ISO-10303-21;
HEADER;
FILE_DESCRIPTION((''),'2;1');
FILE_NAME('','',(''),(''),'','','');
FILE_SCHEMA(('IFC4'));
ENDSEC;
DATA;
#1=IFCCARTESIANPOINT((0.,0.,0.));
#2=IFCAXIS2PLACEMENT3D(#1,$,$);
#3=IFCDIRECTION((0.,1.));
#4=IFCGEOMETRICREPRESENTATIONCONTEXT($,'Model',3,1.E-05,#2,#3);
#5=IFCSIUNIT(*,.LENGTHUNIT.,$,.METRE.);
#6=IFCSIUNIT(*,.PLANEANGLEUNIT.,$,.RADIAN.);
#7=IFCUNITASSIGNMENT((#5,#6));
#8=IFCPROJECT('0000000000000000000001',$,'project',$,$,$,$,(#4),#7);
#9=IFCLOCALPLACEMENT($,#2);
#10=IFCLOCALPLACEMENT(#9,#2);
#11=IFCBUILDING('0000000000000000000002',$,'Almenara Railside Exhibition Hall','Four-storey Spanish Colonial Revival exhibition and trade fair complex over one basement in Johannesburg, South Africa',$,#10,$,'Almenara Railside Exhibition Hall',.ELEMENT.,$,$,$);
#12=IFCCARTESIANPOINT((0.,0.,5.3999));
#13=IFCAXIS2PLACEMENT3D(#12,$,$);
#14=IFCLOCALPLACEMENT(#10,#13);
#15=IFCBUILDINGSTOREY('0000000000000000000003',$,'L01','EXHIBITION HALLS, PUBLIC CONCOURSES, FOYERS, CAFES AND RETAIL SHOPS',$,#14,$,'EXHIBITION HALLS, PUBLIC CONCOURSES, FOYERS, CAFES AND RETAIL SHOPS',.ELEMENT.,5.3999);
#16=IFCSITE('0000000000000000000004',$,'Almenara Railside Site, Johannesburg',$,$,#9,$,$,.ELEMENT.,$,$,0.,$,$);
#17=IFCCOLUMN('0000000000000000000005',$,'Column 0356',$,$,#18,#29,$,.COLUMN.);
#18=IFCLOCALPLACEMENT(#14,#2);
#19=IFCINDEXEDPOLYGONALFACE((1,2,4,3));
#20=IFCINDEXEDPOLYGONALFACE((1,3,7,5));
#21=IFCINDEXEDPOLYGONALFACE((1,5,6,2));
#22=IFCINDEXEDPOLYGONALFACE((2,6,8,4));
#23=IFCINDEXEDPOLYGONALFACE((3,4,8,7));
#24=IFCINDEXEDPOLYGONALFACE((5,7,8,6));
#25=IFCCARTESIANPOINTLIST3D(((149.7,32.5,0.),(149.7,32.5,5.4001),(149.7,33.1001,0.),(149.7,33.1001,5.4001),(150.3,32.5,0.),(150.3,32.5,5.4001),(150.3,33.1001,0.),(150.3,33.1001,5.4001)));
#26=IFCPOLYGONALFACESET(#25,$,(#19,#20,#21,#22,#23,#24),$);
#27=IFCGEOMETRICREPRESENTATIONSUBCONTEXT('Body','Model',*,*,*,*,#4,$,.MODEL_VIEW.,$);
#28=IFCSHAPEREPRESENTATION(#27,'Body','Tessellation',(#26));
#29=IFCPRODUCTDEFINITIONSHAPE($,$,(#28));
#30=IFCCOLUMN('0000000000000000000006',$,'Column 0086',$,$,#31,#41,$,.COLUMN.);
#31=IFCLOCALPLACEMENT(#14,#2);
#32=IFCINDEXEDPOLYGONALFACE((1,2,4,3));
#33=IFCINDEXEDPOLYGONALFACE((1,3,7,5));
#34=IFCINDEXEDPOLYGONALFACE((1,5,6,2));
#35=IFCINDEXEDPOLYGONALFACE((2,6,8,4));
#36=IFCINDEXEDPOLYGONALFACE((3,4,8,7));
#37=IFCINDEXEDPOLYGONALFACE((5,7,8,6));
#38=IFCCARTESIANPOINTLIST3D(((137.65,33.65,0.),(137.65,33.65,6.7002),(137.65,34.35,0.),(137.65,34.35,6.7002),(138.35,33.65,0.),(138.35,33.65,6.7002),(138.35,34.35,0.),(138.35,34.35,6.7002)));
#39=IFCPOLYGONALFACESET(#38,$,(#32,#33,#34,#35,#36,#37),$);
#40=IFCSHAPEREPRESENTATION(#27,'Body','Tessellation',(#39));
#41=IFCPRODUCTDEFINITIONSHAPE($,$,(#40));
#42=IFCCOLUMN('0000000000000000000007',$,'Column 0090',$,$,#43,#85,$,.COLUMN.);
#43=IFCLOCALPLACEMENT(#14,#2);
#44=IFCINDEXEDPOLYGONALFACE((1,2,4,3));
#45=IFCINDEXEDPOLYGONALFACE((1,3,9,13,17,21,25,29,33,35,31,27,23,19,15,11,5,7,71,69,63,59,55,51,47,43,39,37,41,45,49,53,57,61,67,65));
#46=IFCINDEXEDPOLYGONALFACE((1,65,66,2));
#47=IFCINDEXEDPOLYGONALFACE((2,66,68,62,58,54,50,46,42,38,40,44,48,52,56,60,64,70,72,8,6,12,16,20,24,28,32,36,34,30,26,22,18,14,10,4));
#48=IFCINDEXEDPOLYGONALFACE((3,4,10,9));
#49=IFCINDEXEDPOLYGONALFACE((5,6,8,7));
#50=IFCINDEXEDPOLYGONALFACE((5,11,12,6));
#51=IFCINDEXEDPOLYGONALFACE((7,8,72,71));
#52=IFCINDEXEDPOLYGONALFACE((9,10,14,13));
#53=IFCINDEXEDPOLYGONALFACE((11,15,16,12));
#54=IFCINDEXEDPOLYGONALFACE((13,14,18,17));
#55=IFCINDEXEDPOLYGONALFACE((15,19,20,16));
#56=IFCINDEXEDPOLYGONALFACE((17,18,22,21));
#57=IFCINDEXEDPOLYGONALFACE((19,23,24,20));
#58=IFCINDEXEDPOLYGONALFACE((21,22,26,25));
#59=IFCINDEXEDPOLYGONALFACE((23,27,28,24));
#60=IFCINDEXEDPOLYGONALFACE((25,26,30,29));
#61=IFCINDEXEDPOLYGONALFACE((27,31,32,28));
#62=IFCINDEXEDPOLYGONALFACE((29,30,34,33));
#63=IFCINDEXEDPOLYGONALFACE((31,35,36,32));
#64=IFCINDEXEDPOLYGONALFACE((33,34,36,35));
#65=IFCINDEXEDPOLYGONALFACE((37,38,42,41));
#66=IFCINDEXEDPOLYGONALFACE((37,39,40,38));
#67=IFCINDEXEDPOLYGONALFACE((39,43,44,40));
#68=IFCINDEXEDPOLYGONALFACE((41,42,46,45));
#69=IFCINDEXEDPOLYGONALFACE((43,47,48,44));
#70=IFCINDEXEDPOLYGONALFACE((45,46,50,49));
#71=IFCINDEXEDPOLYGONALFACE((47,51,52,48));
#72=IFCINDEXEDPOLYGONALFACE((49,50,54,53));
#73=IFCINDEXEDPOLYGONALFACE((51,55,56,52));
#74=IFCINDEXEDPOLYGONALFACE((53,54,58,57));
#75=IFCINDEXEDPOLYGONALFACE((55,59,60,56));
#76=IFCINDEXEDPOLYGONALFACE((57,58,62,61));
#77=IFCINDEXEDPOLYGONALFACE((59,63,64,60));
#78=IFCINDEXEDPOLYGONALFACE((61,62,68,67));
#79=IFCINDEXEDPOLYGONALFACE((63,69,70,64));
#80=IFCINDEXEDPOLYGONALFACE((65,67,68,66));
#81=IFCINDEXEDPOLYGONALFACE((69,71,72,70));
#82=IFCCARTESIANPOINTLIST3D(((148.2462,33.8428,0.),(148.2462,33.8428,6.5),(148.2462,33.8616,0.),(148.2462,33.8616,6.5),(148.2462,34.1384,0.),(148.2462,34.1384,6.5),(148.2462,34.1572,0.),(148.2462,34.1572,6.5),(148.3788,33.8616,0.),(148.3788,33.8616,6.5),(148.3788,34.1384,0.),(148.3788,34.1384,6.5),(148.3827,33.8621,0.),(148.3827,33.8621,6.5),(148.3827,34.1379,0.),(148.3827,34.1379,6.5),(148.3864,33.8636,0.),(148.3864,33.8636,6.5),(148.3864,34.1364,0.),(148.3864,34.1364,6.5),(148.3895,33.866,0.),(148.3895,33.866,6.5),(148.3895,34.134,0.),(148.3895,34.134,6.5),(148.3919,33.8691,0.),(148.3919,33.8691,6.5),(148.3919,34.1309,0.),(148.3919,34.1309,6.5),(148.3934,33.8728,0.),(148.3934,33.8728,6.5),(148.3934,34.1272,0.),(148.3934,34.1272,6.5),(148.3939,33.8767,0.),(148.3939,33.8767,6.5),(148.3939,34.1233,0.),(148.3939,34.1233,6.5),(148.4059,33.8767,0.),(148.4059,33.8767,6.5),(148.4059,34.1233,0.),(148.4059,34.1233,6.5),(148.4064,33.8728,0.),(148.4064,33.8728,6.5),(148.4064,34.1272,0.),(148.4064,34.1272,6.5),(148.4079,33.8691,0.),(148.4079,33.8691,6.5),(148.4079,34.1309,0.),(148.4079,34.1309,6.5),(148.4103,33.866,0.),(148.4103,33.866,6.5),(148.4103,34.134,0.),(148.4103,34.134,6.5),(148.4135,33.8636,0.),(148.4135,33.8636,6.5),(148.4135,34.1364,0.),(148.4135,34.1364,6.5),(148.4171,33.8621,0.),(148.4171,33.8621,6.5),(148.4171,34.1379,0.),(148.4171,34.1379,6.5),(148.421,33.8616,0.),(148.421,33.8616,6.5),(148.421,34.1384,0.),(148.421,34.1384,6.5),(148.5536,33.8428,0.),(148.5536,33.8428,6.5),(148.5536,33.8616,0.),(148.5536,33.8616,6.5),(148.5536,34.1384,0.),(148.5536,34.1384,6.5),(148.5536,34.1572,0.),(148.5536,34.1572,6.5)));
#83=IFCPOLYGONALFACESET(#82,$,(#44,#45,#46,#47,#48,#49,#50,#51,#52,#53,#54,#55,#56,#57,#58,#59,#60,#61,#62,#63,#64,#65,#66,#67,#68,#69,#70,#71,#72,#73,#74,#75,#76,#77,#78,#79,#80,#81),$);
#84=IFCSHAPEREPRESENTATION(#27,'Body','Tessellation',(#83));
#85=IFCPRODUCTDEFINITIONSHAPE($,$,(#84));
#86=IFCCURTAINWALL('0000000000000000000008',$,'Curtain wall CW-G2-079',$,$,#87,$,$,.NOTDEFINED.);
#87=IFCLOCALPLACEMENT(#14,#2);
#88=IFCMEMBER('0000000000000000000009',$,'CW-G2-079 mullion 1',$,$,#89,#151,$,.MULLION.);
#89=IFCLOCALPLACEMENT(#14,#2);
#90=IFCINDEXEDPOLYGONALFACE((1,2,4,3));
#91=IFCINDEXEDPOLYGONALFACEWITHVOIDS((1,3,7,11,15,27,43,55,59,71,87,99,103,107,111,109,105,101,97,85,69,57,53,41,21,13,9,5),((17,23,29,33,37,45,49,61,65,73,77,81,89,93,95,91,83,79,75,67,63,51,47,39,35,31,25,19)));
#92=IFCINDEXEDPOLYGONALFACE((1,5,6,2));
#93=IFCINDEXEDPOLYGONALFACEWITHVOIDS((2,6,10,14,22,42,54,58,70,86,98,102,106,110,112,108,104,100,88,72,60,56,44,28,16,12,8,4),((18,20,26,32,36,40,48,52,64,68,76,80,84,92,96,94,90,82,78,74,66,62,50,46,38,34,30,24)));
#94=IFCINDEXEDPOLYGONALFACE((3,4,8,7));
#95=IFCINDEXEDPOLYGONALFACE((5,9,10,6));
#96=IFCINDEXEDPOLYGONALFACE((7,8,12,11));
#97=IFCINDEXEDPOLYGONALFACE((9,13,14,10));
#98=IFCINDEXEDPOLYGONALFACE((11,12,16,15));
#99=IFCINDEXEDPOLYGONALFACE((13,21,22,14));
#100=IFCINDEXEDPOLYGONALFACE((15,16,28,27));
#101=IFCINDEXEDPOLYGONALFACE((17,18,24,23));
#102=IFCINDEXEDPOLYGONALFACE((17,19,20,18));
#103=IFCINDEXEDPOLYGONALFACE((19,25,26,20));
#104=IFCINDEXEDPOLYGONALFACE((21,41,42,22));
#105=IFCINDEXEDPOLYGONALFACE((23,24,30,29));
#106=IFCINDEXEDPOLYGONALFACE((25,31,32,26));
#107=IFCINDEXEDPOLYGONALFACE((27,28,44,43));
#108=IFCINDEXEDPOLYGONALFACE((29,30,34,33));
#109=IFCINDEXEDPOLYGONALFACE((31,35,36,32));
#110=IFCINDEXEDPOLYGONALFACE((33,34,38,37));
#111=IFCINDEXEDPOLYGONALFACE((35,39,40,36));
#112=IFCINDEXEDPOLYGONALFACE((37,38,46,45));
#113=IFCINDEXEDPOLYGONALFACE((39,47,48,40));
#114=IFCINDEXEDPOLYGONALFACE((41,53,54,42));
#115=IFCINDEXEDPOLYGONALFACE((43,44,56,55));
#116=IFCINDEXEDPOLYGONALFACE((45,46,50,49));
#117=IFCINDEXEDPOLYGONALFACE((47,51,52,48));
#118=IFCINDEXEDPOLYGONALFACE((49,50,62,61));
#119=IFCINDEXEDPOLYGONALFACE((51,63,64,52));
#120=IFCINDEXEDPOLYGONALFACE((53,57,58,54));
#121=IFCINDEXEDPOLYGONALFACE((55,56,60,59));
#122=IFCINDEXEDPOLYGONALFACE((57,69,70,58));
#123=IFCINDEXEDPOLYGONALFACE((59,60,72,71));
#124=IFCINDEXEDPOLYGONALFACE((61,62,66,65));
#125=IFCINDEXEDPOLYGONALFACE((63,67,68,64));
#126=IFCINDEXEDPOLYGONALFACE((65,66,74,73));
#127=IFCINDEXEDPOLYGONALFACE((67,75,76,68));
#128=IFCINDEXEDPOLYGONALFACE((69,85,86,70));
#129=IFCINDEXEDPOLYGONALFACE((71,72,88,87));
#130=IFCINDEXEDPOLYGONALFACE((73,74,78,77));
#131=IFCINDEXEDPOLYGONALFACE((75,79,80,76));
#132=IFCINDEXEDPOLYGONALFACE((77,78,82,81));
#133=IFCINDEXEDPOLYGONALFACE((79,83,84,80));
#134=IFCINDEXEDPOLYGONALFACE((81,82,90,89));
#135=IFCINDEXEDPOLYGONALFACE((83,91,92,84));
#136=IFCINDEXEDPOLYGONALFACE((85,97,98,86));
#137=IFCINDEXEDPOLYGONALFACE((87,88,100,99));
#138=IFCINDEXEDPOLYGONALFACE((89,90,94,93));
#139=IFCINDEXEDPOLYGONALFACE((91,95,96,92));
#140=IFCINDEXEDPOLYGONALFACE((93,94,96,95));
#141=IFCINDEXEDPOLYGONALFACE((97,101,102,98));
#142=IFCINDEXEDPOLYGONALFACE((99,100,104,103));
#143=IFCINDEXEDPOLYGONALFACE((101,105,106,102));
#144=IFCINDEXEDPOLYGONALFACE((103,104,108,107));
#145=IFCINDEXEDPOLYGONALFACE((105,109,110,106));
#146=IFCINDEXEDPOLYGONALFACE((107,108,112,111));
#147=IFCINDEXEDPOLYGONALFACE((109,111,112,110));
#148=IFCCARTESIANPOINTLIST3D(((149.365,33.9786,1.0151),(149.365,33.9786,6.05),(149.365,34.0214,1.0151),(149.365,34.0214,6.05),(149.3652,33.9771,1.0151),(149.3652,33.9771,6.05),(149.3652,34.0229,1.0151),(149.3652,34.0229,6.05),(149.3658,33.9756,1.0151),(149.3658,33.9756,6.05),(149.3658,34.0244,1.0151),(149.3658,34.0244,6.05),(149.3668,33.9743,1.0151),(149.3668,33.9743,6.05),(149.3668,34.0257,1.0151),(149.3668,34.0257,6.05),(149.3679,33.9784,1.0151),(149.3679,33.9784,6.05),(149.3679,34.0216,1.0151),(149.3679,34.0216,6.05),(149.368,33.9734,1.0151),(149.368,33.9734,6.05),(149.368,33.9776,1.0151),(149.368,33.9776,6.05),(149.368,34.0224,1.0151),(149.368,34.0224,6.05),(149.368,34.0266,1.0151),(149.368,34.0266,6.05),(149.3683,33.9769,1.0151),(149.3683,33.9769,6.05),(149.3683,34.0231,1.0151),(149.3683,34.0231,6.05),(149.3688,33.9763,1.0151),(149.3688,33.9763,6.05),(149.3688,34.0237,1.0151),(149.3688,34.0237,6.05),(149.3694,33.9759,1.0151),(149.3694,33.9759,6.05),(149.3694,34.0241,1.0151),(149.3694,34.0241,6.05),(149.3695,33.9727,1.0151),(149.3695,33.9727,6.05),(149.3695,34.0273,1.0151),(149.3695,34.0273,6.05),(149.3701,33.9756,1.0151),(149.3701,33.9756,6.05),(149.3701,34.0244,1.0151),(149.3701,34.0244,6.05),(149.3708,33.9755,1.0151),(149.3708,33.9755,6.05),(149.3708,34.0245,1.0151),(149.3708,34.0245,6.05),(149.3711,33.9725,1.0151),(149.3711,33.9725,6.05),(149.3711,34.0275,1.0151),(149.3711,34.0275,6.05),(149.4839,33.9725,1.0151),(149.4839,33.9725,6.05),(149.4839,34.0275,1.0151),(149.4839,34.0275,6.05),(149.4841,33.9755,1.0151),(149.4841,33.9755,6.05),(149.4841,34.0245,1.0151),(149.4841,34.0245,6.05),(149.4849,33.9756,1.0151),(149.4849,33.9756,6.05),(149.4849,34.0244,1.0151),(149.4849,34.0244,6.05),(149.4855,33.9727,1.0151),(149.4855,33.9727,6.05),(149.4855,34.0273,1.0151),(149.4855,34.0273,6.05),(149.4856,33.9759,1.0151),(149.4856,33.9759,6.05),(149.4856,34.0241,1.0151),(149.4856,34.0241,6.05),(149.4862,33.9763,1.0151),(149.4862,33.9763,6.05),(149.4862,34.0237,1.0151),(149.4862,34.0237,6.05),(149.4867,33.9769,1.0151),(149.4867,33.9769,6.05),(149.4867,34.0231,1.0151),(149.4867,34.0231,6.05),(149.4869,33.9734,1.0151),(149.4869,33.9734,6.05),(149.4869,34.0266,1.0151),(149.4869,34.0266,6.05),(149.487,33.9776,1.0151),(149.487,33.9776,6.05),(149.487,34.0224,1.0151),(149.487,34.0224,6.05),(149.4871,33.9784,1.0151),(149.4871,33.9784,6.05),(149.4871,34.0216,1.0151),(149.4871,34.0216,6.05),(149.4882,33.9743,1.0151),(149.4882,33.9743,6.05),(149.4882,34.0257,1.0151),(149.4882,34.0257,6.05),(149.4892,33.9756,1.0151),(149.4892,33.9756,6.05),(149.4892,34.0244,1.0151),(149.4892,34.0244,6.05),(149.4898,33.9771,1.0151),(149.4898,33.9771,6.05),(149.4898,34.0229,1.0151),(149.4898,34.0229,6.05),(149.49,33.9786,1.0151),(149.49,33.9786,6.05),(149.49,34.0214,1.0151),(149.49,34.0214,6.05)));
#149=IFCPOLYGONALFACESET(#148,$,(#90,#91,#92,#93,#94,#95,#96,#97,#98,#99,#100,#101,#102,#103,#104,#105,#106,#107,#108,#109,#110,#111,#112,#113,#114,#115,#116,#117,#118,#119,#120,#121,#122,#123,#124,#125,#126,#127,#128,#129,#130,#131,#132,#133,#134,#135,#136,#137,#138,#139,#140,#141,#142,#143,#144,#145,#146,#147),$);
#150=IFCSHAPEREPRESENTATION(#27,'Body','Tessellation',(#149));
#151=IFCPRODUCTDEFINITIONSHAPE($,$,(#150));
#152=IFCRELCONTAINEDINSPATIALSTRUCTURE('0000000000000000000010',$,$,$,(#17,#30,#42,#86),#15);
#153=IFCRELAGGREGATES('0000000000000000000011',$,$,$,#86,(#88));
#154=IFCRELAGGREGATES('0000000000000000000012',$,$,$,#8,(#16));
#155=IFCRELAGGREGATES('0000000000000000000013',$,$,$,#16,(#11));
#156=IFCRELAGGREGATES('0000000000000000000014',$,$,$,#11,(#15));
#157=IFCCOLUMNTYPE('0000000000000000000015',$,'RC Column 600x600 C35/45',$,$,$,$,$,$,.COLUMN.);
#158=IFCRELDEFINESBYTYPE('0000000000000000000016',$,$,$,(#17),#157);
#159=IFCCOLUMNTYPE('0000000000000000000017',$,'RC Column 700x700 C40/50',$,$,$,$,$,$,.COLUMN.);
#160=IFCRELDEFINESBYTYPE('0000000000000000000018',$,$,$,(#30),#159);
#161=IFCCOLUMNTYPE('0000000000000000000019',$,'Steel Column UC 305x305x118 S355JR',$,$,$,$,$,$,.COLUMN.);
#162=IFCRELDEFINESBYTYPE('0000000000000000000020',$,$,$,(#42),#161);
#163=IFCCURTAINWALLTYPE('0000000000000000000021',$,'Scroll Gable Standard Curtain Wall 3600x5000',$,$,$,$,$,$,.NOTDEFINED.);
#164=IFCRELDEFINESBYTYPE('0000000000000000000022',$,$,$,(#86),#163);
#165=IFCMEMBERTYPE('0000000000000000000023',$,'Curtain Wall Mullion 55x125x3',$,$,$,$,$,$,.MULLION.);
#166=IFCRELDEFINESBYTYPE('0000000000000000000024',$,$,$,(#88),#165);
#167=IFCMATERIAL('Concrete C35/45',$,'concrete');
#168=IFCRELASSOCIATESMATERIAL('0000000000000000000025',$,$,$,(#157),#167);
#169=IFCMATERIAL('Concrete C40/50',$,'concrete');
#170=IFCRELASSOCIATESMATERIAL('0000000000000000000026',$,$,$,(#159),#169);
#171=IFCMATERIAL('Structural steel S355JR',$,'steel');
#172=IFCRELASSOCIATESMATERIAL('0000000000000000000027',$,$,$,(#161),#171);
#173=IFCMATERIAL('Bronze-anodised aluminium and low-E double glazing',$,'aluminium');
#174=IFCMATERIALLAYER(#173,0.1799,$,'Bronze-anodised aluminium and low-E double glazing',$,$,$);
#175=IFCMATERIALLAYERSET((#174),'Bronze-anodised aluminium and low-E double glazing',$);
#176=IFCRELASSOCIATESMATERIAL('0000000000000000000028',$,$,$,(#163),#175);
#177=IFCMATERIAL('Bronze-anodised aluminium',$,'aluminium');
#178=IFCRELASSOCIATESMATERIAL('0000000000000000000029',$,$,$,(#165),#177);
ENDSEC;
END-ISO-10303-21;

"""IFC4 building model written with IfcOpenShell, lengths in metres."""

from ifc_helpers import new_model, si_unit, direction, frame, origin, origin_2d, place, context, subcontext, project, spatial, rectangle, hollow_rectangle, i_section, extrude, material, layer, layer_set, material_profile, profile_set, type_object, element, aggregate, save


model = new_model("IFC4")

# Units and contexts
model_context = context("Model", 3, precision=1e-05, world=origin(), true_north=direction((0.0, 1.0)))
body_context = subcontext(model_context, "Body", "Model", "MODEL_VIEW")
ifc_project = project(units=[si_unit("LENGTHUNIT", "METRE"), si_unit("PLANEANGLEUNIT", "RADIAN")], contexts=[model_context])

# Site, building, storey
site_placement = place(None, origin())
site = spatial("IfcSite", under=ifc_project, at=site_placement, Name="Almenara Railside Site, Johannesburg", CompositionType="ELEMENT", RefElevation=0.0)
building_placement = place(site_placement, origin())
building = spatial("IfcBuilding", under=site, at=building_placement, Name="Almenara Railside Exhibition Hall", Description="Four-storey Spanish Colonial Revival exhibition and trade fair complex over one basement in Johannesburg, South Africa", LongName="Almenara Railside Exhibition Hall", CompositionType="ELEMENT")
storey_placement = place(building_placement, frame((0.0, 0.0, 5.3999)))
storey = spatial("IfcBuildingStorey", under=building, at=storey_placement, Name="L01", Description="EXHIBITION HALLS, PUBLIC CONCOURSES, FOYERS, CAFES AND RETAIL SHOPS", LongName="EXHIBITION HALLS, PUBLIC CONCOURSES, FOYERS, CAFES AND RETAIL SHOPS", CompositionType="ELEMENT", Elevation=5.3999)

# Columns
ifc_material_1 = material(Name="Concrete C35/45", Category="concrete")
ifc_material_profile_1 = material_profile(ifc_material_1, rectangle(XDim=0.6001, YDim=0.6001, at=origin_2d()), Name="RC 600x600")
ifc_profile_set_1 = profile_set([ifc_material_profile_1], Name="Concrete C35/45")
column_type_1 = type_object("IfcColumnType", Name="RC Column 600x600 C35/45", PredefinedType="COLUMN", material=ifc_profile_set_1)
column_1_placement = place(storey_placement, frame((150.0, 32.8, 0.0), z_axis=(0.0, 0.0, 1.0), x_axis=(1.0, 0.0, 0.0)))
element("IfcColumn", 1, at=column_1_placement, inside=storey, type_object=column_type_1, Name="Column 0356", PredefinedType="COLUMN", context=body_context, shape_type="SweptSolid", body=[
    extrude(rectangle(XDim=0.6001, YDim=0.6001, at=origin_2d()), origin(), (0.0, 0.0, 1.0), 5.4001),
])
ifc_material_2 = material(Name="Concrete C40/50", Category="concrete")
ifc_material_profile_2 = material_profile(ifc_material_2, rectangle(XDim=0.7, YDim=0.7, at=origin_2d()), Name="RC 700x700")
ifc_profile_set_2 = profile_set([ifc_material_profile_2], Name="Concrete C40/50")
column_type_2 = type_object("IfcColumnType", Name="RC Column 700x700 C40/50", PredefinedType="COLUMN", material=ifc_profile_set_2)
column_2_placement = place(storey_placement, frame((138.0, 34.0, 0.0), z_axis=(0.0, 0.0, 1.0), x_axis=(1.0, 0.0, 0.0)))
element("IfcColumn", 2, at=column_2_placement, inside=storey, type_object=column_type_2, Name="Column 0086", PredefinedType="COLUMN", context=body_context, shape_type="SweptSolid", body=[
    extrude(rectangle(XDim=0.7, YDim=0.7, at=origin_2d()), origin(), (0.0, 0.0, 1.0), 6.7002),
])
ifc_material_3 = material(Name="Structural steel S355JR", Category="steel")
ifc_material_profile_3 = material_profile(ifc_material_3, i_section(OverallWidth=0.3074, OverallDepth=0.3145, WebThickness=0.012, FlangeThickness=0.0188, FilletRadius=0.0151, at=origin_2d()), Name="UC 305x305x118")
ifc_profile_set_3 = profile_set([ifc_material_profile_3], Name="Structural steel S355JR")
column_type_3 = type_object("IfcColumnType", Name="Steel Column UC 305x305x118 S355JR", PredefinedType="COLUMN", material=ifc_profile_set_3)
column_3_placement = place(storey_placement, frame((148.3999, 34.0, 0.0), z_axis=(0.0, 0.0, 1.0), x_axis=(1.0, 0.0, 0.0)))
element("IfcColumn", 3, at=column_3_placement, inside=storey, type_object=column_type_3, Name="Column 0090", PredefinedType="COLUMN", context=body_context, shape_type="SweptSolid", body=[
    extrude(i_section(OverallWidth=0.3074, OverallDepth=0.3145, WebThickness=0.012, FlangeThickness=0.0188, FilletRadius=0.0151, at=origin_2d()), origin(), (0.0, 0.0, 1.0), 6.5),
])

# Curtain wall, member
ifc_material_4 = material(Name="Bronze-anodised aluminium and low-E double glazing", Category="aluminium")
ifc_layer_1 = layer(ifc_material_4, 0.1799, Name="Bronze-anodised aluminium and low-E double glazing")
ifc_layer_set_1 = layer_set([ifc_layer_1], Name="Bronze-anodised aluminium and low-E double glazing")
curtain_wall_type = type_object("IfcCurtainWallType", Name="Scroll Gable Standard Curtain Wall 3600x5000", PredefinedType="NOTDEFINED", material=ifc_layer_set_1)
curtain_wall_placement = place(storey_placement, origin())
curtain_wall = element("IfcCurtainWall", 4, at=curtain_wall_placement, inside=storey, type_object=curtain_wall_type, Name="Curtain wall CW-G2-079", PredefinedType="NOTDEFINED")
ifc_material_5 = material(Name="Bronze-anodised aluminium", Category="aluminium")
ifc_material_profile_4 = material_profile(ifc_material_5, hollow_rectangle(XDim=0.0549, YDim=0.125, WallThickness=0.0029, InnerFilletRadius=0.0029, OuterFilletRadius=0.0061, at=origin_2d()), Name="ALU-MUL 55x125x3")
ifc_profile_set_4 = profile_set([ifc_material_profile_4], Name="Bronze-anodised aluminium")
member_type_1 = type_object("IfcMemberType", Name="Curtain Wall Mullion 55x125x3", PredefinedType="MULLION", material=ifc_profile_set_4)
member_1_placement = place(storey_placement, frame((149.4275, 34.0, 1.0151), z_axis=(0.0, 0.0, 1.0), x_axis=(0.0, 1.0, 0.0)))
member_1 = element("IfcMember", 5, at=member_1_placement, type_object=member_type_1, Name="CW-G2-079 mullion 1", PredefinedType="MULLION", context=body_context, shape_type="SweptSolid", body=[
    extrude(hollow_rectangle(XDim=0.0549, YDim=0.125, WallThickness=0.0029, InnerFilletRadius=0.0029, OuterFilletRadius=0.0061, at=origin_2d()), origin(), (0.0, 0.0, 1.0), 5.0349),
])

aggregate(curtain_wall, [member_1])

save(model, "model.ifc")
